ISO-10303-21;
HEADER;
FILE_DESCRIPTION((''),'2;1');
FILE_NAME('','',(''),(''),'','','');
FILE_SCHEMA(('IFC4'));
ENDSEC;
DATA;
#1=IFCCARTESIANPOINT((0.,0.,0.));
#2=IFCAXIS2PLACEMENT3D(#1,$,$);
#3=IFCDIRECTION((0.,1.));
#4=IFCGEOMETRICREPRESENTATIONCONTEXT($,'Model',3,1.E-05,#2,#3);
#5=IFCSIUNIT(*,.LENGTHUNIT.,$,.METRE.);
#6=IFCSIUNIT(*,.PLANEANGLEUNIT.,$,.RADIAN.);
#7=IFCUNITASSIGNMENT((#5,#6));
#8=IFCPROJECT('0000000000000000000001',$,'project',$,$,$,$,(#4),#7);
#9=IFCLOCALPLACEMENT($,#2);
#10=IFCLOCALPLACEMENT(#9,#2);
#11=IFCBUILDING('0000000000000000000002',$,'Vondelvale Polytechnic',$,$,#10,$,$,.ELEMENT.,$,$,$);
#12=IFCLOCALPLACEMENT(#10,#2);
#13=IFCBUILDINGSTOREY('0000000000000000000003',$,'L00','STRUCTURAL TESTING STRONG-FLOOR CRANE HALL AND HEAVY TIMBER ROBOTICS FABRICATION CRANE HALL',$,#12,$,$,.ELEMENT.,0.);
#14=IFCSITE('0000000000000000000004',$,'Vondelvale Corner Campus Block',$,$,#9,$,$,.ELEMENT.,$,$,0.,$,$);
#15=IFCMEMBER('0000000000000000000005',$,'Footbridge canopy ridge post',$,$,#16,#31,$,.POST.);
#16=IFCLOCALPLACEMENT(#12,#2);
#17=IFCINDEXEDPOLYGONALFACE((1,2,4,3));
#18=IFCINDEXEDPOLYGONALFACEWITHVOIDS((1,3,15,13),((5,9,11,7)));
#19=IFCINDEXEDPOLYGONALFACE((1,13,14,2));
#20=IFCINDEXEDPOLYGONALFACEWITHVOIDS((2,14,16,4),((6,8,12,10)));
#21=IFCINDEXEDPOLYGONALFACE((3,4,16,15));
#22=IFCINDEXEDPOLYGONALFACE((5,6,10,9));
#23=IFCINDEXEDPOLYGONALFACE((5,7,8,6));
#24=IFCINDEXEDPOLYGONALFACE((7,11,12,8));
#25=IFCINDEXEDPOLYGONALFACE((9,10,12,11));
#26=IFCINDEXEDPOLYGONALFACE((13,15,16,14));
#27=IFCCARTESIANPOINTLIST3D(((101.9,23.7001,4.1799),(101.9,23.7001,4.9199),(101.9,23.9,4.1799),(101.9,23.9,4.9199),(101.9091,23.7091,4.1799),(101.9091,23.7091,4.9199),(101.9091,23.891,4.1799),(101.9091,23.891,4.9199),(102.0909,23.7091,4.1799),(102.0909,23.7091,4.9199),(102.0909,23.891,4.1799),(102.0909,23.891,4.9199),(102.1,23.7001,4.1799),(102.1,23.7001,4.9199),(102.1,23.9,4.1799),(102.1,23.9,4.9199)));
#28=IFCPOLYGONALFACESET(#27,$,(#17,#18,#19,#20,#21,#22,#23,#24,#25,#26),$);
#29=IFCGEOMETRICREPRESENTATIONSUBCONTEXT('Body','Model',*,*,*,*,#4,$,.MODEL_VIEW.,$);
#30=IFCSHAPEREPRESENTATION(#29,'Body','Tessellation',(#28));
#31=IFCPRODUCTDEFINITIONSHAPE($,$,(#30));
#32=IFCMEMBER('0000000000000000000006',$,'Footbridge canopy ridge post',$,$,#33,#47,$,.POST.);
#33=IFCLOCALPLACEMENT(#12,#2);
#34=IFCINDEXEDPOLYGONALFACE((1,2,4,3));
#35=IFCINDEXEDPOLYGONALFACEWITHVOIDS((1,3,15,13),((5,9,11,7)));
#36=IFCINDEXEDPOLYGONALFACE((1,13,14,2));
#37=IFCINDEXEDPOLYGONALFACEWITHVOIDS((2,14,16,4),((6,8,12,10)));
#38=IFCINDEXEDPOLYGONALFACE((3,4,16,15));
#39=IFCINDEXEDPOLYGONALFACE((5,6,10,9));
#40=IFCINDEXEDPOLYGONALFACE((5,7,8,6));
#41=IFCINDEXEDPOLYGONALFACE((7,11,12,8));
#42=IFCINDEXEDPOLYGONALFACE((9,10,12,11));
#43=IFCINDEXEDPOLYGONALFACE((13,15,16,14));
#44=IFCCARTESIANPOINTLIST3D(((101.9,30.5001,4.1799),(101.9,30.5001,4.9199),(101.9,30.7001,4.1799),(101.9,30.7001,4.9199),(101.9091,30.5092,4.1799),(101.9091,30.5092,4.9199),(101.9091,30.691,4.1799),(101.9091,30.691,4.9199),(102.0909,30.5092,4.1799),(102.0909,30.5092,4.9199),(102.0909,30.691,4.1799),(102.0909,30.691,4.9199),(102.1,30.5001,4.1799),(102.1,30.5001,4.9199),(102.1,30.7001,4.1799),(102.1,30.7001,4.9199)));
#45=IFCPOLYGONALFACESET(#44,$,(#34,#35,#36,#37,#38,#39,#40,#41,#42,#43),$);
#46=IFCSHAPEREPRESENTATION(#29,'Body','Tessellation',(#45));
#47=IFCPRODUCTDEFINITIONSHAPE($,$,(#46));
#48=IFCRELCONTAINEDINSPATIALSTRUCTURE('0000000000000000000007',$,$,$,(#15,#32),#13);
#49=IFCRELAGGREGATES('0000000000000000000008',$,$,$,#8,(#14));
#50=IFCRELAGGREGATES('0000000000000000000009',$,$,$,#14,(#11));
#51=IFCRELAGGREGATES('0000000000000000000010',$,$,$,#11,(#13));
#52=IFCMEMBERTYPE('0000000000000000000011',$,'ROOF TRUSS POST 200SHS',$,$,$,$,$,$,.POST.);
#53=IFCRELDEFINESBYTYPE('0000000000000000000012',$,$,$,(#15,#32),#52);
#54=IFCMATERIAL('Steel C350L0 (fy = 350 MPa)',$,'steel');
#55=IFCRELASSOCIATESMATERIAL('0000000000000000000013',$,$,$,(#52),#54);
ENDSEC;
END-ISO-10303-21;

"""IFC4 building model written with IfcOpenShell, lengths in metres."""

from ifc_helpers import new_model, si_unit, direction, frame, origin, origin_2d, place, context, subcontext, project, spatial, hollow_rectangle, extrude, material, material_profile, profile_set, type_object, element, save


model = new_model("IFC4")

# Units and contexts
model_context = context("Model", 3, precision=1e-05, world=origin(), true_north=direction((0.0, 1.0)))
body_context = subcontext(model_context, "Body", "Model", "MODEL_VIEW")
ifc_project = project(units=[si_unit("LENGTHUNIT", "METRE"), si_unit("PLANEANGLEUNIT", "RADIAN")], contexts=[model_context])

# Site, building, storey
site_placement = place(None, origin())
site = spatial("IfcSite", under=ifc_project, at=site_placement, Name="Vondelvale Corner Campus Block", CompositionType="ELEMENT", RefElevation=0.0)
building_placement = place(site_placement, origin())
building = spatial("IfcBuilding", under=site, at=building_placement, Name="Vondelvale Polytechnic", CompositionType="ELEMENT")
storey_placement = place(building_placement, origin())
storey = spatial("IfcBuildingStorey", under=building, at=storey_placement, Name="L00", Description="STRUCTURAL TESTING STRONG-FLOOR CRANE HALL AND HEAVY TIMBER ROBOTICS FABRICATION CRANE HALL", CompositionType="ELEMENT", Elevation=0.0)

# Members
ifc_material_1 = material(Name="Steel C350L0 (fy = 350 MPa)", Category="steel")
ifc_material_profile_1 = material_profile(ifc_material_1, hollow_rectangle(XDim=0.2, YDim=0.2, WallThickness=0.009, at=origin_2d()), Name="200x200x9.0SHS")
ifc_profile_set_1 = profile_set([ifc_material_profile_1], Name="Steel C350L0 (fy = 350 MPa)")
member_type = type_object("IfcMemberType", Name="ROOF TRUSS POST 200SHS", PredefinedType="POST", material=ifc_profile_set_1)
for number, where, z_axis, x_axis, name in (
    (1, (102.0, 23.8, 4.1799), (0.0, 0.0, 1.0), (1.0, 0.0, 0.0), "Footbridge canopy ridge post"),
    (2, (102.0, 30.6001, 4.1799), (0.0, 0.0, 1.0), (1.0, 0.0, 0.0), "Footbridge canopy ridge post"),
):
    element("IfcMember", number, at=place(storey_placement, frame(where, z_axis=z_axis, x_axis=x_axis)), inside=storey, type_object=member_type, Name=name, PredefinedType="POST", context=body_context, shape_type="SweptSolid", body=[
        extrude(hollow_rectangle(XDim=0.2, YDim=0.2, WallThickness=0.009, at=origin_2d()), origin(), (0.0, 0.0, 1.0), 0.74),
    ])

save(model, "model.ifc")
